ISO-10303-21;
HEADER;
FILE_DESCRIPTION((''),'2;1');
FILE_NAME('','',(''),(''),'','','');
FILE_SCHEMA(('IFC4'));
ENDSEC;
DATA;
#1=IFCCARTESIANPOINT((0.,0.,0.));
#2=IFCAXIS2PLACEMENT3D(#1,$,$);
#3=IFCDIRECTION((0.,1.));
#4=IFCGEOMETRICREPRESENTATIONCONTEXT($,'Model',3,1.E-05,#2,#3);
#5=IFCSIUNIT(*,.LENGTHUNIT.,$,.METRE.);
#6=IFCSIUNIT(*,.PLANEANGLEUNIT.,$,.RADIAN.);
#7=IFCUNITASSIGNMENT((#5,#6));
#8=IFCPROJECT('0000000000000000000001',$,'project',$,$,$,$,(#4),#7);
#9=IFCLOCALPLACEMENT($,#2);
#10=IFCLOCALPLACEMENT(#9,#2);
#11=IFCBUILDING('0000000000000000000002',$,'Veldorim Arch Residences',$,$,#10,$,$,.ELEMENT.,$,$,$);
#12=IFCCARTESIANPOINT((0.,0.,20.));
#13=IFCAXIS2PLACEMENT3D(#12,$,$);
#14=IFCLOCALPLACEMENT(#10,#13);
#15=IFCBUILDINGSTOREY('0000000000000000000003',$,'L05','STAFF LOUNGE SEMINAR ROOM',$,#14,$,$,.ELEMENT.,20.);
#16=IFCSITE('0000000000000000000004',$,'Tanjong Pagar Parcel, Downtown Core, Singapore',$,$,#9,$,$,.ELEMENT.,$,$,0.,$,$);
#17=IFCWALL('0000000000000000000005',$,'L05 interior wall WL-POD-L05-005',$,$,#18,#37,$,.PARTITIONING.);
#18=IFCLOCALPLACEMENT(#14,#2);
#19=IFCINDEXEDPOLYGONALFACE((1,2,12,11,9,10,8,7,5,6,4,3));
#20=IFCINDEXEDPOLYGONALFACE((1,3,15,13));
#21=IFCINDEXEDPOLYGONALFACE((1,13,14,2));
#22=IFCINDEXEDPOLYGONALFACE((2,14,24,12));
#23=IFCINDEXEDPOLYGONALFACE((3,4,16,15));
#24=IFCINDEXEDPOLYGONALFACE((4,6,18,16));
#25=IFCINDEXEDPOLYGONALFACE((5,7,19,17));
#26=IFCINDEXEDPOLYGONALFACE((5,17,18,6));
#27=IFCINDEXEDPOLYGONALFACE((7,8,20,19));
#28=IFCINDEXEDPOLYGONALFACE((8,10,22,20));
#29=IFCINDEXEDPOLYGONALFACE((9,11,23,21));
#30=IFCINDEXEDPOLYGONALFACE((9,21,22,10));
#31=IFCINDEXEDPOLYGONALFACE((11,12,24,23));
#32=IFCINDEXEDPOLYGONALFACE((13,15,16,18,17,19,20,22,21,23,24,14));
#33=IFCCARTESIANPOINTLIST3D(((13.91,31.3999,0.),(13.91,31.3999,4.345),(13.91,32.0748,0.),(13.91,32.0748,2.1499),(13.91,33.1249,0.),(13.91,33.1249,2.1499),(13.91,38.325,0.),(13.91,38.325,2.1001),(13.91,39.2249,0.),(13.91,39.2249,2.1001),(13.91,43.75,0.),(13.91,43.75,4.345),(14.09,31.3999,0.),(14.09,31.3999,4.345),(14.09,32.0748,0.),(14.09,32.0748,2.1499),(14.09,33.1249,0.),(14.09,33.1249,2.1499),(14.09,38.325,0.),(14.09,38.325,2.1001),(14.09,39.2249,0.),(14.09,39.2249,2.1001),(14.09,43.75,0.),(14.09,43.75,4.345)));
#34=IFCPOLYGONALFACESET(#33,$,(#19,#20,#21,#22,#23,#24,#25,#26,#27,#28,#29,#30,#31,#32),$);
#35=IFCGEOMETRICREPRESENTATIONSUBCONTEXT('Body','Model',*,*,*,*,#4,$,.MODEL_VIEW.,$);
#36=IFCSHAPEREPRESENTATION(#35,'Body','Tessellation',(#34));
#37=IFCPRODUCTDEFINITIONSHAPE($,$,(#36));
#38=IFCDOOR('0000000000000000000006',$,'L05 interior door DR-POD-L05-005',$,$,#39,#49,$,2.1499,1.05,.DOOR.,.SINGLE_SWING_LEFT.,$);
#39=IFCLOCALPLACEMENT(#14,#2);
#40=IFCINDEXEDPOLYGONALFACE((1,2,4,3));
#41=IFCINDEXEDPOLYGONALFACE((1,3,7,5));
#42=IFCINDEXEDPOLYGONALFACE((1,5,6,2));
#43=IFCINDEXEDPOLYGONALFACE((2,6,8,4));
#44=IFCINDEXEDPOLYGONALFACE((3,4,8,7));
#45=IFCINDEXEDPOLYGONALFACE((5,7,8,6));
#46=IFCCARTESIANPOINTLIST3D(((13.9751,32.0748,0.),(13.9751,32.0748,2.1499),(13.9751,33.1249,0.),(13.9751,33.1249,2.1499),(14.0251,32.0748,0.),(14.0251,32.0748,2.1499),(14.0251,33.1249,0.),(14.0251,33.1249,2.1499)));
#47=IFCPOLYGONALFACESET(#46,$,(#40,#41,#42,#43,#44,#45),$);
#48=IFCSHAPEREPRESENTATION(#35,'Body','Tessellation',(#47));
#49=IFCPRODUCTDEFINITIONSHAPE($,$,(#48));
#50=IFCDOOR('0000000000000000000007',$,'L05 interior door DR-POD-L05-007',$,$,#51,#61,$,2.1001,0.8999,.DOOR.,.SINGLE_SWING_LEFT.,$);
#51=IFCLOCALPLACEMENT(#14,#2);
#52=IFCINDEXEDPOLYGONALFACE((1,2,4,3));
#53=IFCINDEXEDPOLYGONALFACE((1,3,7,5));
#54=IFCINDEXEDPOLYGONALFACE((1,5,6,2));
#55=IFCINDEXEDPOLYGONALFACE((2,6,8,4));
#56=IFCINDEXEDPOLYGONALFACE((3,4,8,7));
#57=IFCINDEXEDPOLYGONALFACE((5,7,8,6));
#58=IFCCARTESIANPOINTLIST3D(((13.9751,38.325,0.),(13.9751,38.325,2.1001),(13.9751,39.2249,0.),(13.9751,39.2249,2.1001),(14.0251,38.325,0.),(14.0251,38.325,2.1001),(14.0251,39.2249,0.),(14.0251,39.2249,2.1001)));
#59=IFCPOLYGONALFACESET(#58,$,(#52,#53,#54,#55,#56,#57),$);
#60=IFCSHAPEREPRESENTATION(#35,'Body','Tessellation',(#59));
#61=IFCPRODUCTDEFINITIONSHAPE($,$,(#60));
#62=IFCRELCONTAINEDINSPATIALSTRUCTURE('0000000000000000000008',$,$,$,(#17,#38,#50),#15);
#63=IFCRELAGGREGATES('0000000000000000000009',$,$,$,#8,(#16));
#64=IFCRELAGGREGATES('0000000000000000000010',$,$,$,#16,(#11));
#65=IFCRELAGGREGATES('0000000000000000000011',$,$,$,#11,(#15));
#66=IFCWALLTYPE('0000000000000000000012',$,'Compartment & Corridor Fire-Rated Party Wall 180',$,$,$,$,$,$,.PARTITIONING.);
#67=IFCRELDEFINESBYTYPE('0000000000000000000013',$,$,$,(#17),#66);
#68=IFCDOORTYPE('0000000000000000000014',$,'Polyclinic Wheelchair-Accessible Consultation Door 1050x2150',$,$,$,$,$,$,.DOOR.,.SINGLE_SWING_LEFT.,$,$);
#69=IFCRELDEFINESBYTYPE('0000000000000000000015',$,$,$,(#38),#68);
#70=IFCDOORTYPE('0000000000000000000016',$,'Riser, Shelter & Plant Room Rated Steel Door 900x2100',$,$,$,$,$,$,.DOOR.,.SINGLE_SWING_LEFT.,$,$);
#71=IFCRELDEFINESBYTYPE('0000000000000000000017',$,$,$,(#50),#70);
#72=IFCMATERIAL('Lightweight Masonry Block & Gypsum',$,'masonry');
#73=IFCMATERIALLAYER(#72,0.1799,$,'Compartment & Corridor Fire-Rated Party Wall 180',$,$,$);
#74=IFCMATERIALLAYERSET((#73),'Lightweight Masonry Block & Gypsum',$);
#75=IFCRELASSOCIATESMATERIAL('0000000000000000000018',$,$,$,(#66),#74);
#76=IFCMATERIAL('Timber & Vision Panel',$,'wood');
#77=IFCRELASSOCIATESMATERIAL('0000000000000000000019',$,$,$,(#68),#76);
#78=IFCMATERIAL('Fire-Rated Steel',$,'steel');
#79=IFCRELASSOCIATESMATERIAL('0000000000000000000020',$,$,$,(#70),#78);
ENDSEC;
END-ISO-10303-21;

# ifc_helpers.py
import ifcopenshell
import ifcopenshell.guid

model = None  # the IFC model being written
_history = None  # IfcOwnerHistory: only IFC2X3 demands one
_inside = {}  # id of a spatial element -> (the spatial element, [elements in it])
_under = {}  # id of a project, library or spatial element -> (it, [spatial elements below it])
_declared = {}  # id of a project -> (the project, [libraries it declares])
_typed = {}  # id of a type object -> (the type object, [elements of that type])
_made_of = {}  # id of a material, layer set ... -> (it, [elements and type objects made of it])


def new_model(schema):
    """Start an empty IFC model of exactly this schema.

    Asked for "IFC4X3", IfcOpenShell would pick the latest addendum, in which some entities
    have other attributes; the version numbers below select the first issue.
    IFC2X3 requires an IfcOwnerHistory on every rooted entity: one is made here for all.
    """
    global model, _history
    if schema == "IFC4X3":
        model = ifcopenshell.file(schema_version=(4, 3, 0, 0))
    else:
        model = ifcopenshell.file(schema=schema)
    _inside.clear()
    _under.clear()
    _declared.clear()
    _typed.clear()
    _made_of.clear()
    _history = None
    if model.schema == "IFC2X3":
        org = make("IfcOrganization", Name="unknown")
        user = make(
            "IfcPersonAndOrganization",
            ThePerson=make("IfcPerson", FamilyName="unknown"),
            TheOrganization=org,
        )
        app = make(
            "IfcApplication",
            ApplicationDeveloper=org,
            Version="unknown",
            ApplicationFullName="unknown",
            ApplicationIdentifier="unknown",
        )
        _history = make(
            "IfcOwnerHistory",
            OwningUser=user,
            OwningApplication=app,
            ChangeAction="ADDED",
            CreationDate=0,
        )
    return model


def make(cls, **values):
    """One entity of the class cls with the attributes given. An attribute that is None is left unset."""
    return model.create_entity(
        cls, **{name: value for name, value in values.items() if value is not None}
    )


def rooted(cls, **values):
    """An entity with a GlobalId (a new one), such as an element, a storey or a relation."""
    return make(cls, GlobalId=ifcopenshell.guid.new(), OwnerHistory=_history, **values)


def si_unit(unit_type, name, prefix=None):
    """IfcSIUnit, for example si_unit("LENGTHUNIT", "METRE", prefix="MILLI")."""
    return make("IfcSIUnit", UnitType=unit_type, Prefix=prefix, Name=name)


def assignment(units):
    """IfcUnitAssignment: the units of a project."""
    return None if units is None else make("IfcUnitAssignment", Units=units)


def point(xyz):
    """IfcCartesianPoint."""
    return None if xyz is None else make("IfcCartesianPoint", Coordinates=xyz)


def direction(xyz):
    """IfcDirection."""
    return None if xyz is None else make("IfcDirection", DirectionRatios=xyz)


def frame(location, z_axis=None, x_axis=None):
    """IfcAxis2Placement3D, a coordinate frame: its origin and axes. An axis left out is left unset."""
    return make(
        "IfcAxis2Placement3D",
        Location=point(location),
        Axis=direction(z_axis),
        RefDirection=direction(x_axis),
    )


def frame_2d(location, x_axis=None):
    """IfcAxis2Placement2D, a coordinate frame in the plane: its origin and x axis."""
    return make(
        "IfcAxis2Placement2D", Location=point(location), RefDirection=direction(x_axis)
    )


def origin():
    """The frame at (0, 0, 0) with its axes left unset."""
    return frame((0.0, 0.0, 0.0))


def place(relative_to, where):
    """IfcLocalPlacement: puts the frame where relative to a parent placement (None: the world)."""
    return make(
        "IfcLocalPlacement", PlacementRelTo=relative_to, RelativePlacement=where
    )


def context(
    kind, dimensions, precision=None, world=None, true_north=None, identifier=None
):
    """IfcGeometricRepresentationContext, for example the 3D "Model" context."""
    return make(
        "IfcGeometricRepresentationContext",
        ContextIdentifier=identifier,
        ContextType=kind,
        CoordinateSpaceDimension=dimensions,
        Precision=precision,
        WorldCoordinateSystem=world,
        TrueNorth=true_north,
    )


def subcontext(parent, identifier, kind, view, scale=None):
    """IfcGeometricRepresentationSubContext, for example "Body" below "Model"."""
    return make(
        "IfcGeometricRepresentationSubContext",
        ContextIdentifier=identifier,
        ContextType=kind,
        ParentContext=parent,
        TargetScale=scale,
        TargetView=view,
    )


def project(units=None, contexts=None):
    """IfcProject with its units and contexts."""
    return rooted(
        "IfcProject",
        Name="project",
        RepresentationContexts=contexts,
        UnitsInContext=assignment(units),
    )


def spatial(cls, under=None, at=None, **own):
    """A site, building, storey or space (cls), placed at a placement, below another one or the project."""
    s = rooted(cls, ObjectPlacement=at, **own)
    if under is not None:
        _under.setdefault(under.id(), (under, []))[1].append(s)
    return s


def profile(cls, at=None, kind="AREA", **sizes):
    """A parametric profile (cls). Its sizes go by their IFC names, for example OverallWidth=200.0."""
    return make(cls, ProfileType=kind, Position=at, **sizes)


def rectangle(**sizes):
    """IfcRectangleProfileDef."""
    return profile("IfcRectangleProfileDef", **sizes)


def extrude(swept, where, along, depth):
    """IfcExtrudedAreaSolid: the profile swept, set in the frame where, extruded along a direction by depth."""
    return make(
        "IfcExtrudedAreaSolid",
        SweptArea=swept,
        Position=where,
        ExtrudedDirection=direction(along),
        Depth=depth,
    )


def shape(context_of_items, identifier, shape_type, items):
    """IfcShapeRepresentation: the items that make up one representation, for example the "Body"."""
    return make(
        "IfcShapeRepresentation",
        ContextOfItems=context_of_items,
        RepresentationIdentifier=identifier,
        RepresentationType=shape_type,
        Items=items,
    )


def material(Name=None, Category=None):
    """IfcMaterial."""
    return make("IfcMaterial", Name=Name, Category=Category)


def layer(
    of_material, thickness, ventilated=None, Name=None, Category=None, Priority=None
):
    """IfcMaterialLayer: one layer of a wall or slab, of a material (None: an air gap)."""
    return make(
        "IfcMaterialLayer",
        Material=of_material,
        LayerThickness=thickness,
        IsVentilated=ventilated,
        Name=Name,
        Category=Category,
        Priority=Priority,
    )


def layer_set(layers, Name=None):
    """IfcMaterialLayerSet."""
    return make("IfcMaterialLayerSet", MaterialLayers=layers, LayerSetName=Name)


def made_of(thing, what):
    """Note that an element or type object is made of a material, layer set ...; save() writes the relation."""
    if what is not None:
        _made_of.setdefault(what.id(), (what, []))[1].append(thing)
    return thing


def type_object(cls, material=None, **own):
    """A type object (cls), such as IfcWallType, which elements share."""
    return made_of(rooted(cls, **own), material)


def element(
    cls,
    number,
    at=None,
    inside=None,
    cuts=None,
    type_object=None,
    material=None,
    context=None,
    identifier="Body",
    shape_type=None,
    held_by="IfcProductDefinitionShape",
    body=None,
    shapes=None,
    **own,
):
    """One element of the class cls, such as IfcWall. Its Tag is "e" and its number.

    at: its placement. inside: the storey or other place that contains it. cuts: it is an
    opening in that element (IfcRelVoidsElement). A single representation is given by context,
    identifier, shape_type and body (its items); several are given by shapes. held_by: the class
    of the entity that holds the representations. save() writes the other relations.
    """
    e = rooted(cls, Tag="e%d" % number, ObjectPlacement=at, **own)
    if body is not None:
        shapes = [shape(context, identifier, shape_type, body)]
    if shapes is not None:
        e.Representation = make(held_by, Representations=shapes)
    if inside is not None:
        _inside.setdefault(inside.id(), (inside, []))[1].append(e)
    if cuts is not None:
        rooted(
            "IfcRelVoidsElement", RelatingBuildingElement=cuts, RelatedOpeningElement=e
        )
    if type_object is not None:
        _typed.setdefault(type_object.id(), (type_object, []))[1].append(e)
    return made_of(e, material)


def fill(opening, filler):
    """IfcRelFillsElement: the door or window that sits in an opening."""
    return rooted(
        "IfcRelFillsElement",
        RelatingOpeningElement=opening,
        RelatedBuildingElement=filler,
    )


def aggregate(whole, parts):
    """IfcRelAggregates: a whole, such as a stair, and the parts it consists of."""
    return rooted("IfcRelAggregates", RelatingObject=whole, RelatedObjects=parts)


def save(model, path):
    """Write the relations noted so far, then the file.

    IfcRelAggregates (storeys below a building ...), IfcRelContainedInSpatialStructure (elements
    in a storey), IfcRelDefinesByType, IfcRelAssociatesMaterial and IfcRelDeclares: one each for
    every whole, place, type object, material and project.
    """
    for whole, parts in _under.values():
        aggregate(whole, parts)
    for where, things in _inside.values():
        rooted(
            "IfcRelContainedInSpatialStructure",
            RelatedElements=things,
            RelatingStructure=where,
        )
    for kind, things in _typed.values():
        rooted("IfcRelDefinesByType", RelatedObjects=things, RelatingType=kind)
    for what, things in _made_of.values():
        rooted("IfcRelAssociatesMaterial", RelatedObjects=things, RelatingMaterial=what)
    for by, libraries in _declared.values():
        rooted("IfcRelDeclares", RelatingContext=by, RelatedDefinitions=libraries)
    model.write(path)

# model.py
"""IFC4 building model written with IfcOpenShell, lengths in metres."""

from ifc_helpers import new_model, si_unit, direction, frame, frame_2d, origin, place, context, subcontext, project, spatial, rectangle, extrude, material, layer, layer_set, type_object, element, fill, save


model = new_model("IFC4")

# Units and contexts
model_context = context("Model", 3, precision=1e-05, world=origin(), true_north=direction((0.0, 1.0)))
body_context = subcontext(model_context, "Body", "Model", "MODEL_VIEW")
ifc_project = project(units=[si_unit("LENGTHUNIT", "METRE"), si_unit("PLANEANGLEUNIT", "RADIAN")], contexts=[model_context])

# Site, building, storey
site_placement = place(None, origin())
site = spatial("IfcSite", under=ifc_project, at=site_placement, Name="Tanjong Pagar Parcel, Downtown Core, Singapore", CompositionType="ELEMENT", RefElevation=0.0)
building_placement = place(site_placement, origin())
building = spatial("IfcBuilding", under=site, at=building_placement, Name="Veldorim Arch Residences", CompositionType="ELEMENT")
storey_placement = place(building_placement, frame((0.0, 0.0, 20.0)))
storey = spatial("IfcBuildingStorey", under=building, at=storey_placement, Name="L05", Description="STAFF LOUNGE SEMINAR ROOM", CompositionType="ELEMENT", Elevation=20.0)

# Wall, openings, doors
ifc_material_1 = material(Name="Lightweight Masonry Block & Gypsum", Category="masonry")
ifc_layer_1 = layer(ifc_material_1, 0.1799, Name="Compartment & Corridor Fire-Rated Party Wall 180")
ifc_layer_set_1 = layer_set([ifc_layer_1], Name="Lightweight Masonry Block & Gypsum")
wall_type_1 = type_object("IfcWallType", Name="Compartment & Corridor Fire-Rated Party Wall 180", PredefinedType="PARTITIONING", material=ifc_layer_set_1)
wall_1_placement = place(storey_placement, frame((14.0, 31.3999, 0.0), z_axis=(0.0, 0.0, 1.0), x_axis=(0.0, 1.0, 0.0)))
wall_1 = element("IfcWall", 1, at=wall_1_placement, inside=storey, type_object=wall_type_1, Name="L05 interior wall WL-POD-L05-005", PredefinedType="PARTITIONING", context=body_context, shape_type="SweptSolid", body=[
    extrude(rectangle(XDim=12.3501, YDim=0.1799, at=frame_2d((6.175, 0.0))), origin(), (0.0, 0.0, 1.0), 4.345),
])
opening_1_placement = place(wall_1_placement, frame((0.675, 0.0, 0.0)))
opening_1 = element("IfcOpeningElement", 2, at=opening_1_placement, cuts=wall_1, PredefinedType="OPENING", context=body_context, shape_type="SweptSolid", body=[
    extrude(rectangle(XDim=1.05, YDim=2.1499, at=frame_2d((0.5249, 1.075))), frame((0.0, 0.0999, 0.0), z_axis=(0.0, -1.0, 0.0), x_axis=(1.0, 0.0, 0.0)), (0.0, 0.0, 1.0), 0.2),
])
opening_2_placement = place(wall_1_placement, frame((6.925, 0.0, 0.0)))
opening_2 = element("IfcOpeningElement", 3, at=opening_2_placement, cuts=wall_1, PredefinedType="OPENING", context=body_context, shape_type="SweptSolid", body=[
    extrude(rectangle(XDim=0.8999, YDim=2.1001, at=frame_2d((0.45, 1.05))), frame((0.0, 0.0999, 0.0), z_axis=(0.0, -1.0, 0.0), x_axis=(1.0, 0.0, 0.0)), (0.0, 0.0, 1.0), 0.2),
])
ifc_material_2 = material(Name="Timber & Vision Panel", Category="wood")
door_type_1 = type_object("IfcDoorType", Name="Polyclinic Wheelchair-Accessible Consultation Door 1050x2150", OperationType="SINGLE_SWING_LEFT", PredefinedType="DOOR", material=ifc_material_2)
door_1_placement = place(opening_1_placement, origin())
door_1 = element("IfcDoor", 4, at=door_1_placement, inside=storey, type_object=door_type_1, Name="L05 interior door DR-POD-L05-005", OperationType="SINGLE_SWING_LEFT", OverallHeight=2.1499, OverallWidth=1.05, PredefinedType="DOOR", context=body_context, shape_type="SweptSolid", body=[
    extrude(rectangle(XDim=1.05, YDim=2.1499, at=frame_2d((0.5249, 1.075))), frame((0.0, 0.0249, 0.0), z_axis=(0.0, -1.0, 0.0), x_axis=(1.0, 0.0, 0.0)), (0.0, 0.0, 1.0), 0.05),
])
fill(opening_1, door_1)
ifc_material_3 = material(Name="Fire-Rated Steel", Category="steel")
door_type_2 = type_object("IfcDoorType", Name="Riser, Shelter & Plant Room Rated Steel Door 900x2100", OperationType="SINGLE_SWING_LEFT", PredefinedType="DOOR", material=ifc_material_3)
door_2_placement = place(opening_2_placement, origin())
door_2 = element("IfcDoor", 5, at=door_2_placement, inside=storey, type_object=door_type_2, Name="L05 interior door DR-POD-L05-007", OperationType="SINGLE_SWING_LEFT", OverallHeight=2.1001, OverallWidth=0.8999, PredefinedType="DOOR", context=body_context, shape_type="SweptSolid", body=[
    extrude(rectangle(XDim=0.8999, YDim=2.1001, at=frame_2d((0.45, 1.05))), frame((0.0, 0.0249, 0.0), z_axis=(0.0, -1.0, 0.0), x_axis=(1.0, 0.0, 0.0)), (0.0, 0.0, 1.0), 0.05),
])
fill(opening_2, door_2)

save(model, "model.ifc")
